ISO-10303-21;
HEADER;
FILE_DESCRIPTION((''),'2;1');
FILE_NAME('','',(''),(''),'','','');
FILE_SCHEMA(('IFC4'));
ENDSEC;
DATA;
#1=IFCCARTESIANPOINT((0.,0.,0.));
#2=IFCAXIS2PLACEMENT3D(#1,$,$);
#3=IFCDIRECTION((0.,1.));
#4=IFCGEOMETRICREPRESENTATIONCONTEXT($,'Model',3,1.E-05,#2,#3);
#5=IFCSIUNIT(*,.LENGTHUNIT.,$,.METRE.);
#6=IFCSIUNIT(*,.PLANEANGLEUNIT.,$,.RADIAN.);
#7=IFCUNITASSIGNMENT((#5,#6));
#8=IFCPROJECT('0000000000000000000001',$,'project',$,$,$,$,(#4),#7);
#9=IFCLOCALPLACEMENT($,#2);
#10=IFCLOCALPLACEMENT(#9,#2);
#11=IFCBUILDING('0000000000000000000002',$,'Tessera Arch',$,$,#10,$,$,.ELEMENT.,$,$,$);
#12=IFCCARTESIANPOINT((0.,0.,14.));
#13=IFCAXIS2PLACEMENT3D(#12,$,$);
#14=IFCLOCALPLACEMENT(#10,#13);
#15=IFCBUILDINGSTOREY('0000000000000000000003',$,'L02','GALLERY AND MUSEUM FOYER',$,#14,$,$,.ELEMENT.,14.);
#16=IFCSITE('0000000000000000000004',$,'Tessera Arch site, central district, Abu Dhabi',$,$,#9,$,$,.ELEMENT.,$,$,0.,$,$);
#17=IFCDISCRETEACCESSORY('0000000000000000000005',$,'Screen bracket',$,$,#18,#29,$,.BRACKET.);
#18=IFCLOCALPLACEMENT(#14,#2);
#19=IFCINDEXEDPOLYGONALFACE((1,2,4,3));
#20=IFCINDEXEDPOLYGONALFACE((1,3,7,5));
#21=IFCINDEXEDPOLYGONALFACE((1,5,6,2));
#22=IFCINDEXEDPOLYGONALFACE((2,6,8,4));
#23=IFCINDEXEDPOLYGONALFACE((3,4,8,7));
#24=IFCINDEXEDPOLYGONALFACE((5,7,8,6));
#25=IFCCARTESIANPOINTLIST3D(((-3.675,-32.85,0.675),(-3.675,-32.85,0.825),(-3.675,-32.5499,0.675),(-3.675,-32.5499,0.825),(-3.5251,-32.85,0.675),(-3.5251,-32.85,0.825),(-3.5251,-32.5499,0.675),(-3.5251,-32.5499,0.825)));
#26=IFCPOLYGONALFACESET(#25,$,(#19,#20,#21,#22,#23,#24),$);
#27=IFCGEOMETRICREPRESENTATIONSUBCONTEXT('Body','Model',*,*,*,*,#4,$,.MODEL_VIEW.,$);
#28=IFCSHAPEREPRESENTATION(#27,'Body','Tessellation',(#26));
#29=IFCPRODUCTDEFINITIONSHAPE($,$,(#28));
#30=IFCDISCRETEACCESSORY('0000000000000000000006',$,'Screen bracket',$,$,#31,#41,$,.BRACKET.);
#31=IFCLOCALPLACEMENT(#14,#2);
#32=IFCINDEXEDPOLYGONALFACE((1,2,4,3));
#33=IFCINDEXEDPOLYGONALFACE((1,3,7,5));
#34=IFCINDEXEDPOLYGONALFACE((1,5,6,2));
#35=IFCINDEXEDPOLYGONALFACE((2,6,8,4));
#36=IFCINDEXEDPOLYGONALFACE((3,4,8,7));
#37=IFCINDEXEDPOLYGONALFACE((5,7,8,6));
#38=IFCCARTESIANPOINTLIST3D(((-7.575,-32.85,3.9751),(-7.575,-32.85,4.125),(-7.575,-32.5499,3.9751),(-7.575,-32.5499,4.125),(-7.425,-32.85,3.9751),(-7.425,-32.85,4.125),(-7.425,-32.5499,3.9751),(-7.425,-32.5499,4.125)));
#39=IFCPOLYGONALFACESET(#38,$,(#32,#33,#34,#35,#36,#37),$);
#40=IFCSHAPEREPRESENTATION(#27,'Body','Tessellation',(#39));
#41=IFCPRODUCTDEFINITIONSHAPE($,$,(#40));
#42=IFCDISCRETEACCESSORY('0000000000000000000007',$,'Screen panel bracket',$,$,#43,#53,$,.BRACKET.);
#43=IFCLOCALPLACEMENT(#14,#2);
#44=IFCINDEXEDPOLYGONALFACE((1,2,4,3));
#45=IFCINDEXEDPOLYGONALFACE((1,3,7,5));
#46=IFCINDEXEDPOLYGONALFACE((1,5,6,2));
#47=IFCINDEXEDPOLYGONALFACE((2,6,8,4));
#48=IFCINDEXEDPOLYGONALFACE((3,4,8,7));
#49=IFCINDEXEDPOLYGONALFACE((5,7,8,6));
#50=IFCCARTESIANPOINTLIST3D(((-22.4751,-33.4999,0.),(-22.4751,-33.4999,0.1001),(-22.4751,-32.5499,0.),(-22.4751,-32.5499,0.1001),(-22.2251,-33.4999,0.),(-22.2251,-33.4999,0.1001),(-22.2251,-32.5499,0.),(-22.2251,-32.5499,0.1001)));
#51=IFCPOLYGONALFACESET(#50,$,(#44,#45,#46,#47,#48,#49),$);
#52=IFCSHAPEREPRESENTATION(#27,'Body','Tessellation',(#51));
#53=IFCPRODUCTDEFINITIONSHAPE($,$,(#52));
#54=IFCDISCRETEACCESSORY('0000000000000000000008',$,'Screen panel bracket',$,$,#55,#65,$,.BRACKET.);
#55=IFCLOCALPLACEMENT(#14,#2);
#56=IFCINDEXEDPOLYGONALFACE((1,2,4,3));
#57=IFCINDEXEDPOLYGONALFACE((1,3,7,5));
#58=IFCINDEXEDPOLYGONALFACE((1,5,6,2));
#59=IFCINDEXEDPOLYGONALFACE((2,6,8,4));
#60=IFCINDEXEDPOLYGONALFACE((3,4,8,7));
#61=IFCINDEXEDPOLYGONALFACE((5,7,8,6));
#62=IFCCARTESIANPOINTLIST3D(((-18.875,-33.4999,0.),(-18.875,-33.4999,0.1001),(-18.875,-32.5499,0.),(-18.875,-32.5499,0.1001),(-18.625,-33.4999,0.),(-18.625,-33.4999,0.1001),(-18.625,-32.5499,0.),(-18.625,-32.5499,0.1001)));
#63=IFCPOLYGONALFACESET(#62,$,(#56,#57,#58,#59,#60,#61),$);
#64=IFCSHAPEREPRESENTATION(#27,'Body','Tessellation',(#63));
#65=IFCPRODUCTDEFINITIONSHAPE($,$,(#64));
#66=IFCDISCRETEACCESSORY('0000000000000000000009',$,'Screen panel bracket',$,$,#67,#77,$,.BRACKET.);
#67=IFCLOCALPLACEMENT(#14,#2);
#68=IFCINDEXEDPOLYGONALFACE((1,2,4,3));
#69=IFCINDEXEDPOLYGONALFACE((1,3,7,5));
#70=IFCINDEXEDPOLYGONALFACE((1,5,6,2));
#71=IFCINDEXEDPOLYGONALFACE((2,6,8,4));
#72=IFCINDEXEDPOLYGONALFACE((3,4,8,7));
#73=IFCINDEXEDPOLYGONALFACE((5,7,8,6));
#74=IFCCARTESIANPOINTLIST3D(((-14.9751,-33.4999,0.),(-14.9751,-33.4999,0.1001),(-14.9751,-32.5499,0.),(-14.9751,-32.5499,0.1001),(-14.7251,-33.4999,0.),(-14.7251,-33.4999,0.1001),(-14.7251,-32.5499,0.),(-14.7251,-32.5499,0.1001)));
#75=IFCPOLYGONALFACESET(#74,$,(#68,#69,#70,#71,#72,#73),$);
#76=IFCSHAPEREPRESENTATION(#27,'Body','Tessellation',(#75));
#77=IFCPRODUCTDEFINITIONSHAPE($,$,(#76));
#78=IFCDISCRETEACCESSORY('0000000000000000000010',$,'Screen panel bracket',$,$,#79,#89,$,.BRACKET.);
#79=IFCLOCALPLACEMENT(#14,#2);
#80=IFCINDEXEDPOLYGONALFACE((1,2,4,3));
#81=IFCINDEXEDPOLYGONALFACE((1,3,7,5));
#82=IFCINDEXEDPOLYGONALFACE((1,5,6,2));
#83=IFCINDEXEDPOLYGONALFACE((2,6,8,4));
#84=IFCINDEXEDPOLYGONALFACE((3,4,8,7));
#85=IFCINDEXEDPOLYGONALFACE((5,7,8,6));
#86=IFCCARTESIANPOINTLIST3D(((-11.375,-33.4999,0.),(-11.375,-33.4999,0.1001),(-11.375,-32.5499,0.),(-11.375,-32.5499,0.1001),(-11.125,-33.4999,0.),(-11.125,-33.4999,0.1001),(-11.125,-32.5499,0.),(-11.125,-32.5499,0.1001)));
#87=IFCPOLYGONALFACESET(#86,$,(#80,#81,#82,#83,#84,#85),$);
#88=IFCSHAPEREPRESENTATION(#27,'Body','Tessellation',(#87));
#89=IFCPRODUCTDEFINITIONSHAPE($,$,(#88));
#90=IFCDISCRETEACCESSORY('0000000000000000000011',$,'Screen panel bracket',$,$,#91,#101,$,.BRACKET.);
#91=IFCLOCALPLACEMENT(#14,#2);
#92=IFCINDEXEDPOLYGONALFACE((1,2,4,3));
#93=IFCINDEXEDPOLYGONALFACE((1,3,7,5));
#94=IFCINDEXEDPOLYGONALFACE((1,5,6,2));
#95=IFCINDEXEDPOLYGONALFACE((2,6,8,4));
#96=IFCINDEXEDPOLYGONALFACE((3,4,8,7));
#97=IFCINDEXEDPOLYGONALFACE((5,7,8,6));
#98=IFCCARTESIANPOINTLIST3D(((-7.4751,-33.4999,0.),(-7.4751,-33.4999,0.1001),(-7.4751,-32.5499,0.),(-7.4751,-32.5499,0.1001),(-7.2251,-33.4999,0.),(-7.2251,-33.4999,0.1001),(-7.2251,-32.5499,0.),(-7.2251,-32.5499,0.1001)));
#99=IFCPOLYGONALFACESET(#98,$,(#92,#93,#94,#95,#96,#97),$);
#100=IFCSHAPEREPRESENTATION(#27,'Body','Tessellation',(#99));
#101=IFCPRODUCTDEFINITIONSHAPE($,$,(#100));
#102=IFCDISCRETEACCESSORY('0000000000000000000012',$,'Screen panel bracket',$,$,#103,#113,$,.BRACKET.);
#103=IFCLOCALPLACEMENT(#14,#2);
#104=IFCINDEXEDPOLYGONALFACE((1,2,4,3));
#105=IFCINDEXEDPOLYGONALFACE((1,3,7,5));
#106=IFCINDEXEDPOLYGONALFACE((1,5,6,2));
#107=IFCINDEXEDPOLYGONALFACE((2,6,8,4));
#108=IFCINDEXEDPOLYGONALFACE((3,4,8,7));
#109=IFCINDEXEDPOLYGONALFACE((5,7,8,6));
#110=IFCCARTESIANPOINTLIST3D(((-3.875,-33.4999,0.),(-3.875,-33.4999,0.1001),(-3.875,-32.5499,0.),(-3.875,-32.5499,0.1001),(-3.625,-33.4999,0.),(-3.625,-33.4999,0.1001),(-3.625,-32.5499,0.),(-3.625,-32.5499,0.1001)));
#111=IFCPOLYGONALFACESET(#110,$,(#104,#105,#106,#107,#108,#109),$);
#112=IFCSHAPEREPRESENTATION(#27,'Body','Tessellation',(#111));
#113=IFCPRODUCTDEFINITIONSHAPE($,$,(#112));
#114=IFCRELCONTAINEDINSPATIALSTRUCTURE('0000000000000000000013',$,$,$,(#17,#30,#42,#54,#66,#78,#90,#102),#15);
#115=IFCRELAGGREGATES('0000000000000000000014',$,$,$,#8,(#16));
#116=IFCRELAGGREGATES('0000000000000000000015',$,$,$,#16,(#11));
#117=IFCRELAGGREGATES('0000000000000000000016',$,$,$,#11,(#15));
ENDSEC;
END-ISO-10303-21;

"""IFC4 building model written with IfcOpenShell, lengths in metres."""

from ifc_helpers import new_model, si_unit, direction, frame, origin, origin_2d, place, context, subcontext, project, spatial, rectangle, extrude, element, save


model = new_model("IFC4")

# Units and contexts
model_context = context("Model", 3, precision=1e-05, world=origin(), true_north=direction((0.0, 1.0)))
body_context = subcontext(model_context, "Body", "Model", "MODEL_VIEW")
ifc_project = project(units=[si_unit("LENGTHUNIT", "METRE"), si_unit("PLANEANGLEUNIT", "RADIAN")], contexts=[model_context])

# Site, building, storey
site_placement = place(None, origin())
site = spatial("IfcSite", under=ifc_project, at=site_placement, Name="Tessera Arch site, central district, Abu Dhabi", CompositionType="ELEMENT", RefElevation=0.0)
building_placement = place(site_placement, origin())
building = spatial("IfcBuilding", under=site, at=building_placement, Name="Tessera Arch", CompositionType="ELEMENT")
storey_placement = place(building_placement, frame((0.0, 0.0, 14.0)))
storey = spatial("IfcBuildingStorey", under=building, at=storey_placement, Name="L02", Description="GALLERY AND MUSEUM FOYER", CompositionType="ELEMENT", Elevation=14.0)

# Discrete accessories
for number, where, z_axis, x_axis, name in (
    (1, (-3.6001, -32.7, 0.675), (0.0, 0.0, 1.0), (0.0, -1.0, 0.0), "Screen bracket"),
    (2, (-7.5, -32.7, 3.9751), (0.0, 0.0, 1.0), (0.0, -1.0, 0.0), "Screen bracket"),
):
    element("IfcDiscreteAccessory", number, at=place(storey_placement, frame(where, z_axis=z_axis, x_axis=x_axis)), inside=storey, Name=name, PredefinedType="BRACKET", context=body_context, shape_type="SweptSolid", body=[
        extrude(rectangle(XDim=0.3, YDim=0.1499, at=origin_2d()), origin(), (0.0, 0.0, 1.0), 0.1499),
    ])
for number, where, z_axis, x_axis, name in (
    (3, (-22.3501, -33.0249, 0.0), (0.0, 0.0, 1.0), (0.0, -1.0, 0.0), "Screen panel bracket"),
    (4, (-18.75, -33.0249, 0.0), (0.0, 0.0, 1.0), (0.0, -1.0, 0.0), "Screen panel bracket"),
    (5, (-14.8501, -33.0249, 0.0), (0.0, 0.0, 1.0), (0.0, -1.0, 0.0), "Screen panel bracket"),
    (6, (-11.25, -33.0249, 0.0), (0.0, 0.0, 1.0), (0.0, -1.0, 0.0), "Screen panel bracket"),
    (7, (-7.3501, -33.0249, 0.0), (0.0, 0.0, 1.0), (0.0, -1.0, 0.0), "Screen panel bracket"),
    (8, (-3.75, -33.0249, 0.0), (0.0, 0.0, 1.0), (0.0, -1.0, 0.0), "Screen panel bracket"),
):
    element("IfcDiscreteAccessory", number, at=place(storey_placement, frame(where, z_axis=z_axis, x_axis=x_axis)), inside=storey, Name=name, PredefinedType="BRACKET", context=body_context, shape_type="SweptSolid", body=[
        extrude(rectangle(XDim=0.95, YDim=0.25, at=origin_2d()), origin(), (0.0, 0.0, 1.0), 0.1001),
    ])

save(model, "model.ifc")
